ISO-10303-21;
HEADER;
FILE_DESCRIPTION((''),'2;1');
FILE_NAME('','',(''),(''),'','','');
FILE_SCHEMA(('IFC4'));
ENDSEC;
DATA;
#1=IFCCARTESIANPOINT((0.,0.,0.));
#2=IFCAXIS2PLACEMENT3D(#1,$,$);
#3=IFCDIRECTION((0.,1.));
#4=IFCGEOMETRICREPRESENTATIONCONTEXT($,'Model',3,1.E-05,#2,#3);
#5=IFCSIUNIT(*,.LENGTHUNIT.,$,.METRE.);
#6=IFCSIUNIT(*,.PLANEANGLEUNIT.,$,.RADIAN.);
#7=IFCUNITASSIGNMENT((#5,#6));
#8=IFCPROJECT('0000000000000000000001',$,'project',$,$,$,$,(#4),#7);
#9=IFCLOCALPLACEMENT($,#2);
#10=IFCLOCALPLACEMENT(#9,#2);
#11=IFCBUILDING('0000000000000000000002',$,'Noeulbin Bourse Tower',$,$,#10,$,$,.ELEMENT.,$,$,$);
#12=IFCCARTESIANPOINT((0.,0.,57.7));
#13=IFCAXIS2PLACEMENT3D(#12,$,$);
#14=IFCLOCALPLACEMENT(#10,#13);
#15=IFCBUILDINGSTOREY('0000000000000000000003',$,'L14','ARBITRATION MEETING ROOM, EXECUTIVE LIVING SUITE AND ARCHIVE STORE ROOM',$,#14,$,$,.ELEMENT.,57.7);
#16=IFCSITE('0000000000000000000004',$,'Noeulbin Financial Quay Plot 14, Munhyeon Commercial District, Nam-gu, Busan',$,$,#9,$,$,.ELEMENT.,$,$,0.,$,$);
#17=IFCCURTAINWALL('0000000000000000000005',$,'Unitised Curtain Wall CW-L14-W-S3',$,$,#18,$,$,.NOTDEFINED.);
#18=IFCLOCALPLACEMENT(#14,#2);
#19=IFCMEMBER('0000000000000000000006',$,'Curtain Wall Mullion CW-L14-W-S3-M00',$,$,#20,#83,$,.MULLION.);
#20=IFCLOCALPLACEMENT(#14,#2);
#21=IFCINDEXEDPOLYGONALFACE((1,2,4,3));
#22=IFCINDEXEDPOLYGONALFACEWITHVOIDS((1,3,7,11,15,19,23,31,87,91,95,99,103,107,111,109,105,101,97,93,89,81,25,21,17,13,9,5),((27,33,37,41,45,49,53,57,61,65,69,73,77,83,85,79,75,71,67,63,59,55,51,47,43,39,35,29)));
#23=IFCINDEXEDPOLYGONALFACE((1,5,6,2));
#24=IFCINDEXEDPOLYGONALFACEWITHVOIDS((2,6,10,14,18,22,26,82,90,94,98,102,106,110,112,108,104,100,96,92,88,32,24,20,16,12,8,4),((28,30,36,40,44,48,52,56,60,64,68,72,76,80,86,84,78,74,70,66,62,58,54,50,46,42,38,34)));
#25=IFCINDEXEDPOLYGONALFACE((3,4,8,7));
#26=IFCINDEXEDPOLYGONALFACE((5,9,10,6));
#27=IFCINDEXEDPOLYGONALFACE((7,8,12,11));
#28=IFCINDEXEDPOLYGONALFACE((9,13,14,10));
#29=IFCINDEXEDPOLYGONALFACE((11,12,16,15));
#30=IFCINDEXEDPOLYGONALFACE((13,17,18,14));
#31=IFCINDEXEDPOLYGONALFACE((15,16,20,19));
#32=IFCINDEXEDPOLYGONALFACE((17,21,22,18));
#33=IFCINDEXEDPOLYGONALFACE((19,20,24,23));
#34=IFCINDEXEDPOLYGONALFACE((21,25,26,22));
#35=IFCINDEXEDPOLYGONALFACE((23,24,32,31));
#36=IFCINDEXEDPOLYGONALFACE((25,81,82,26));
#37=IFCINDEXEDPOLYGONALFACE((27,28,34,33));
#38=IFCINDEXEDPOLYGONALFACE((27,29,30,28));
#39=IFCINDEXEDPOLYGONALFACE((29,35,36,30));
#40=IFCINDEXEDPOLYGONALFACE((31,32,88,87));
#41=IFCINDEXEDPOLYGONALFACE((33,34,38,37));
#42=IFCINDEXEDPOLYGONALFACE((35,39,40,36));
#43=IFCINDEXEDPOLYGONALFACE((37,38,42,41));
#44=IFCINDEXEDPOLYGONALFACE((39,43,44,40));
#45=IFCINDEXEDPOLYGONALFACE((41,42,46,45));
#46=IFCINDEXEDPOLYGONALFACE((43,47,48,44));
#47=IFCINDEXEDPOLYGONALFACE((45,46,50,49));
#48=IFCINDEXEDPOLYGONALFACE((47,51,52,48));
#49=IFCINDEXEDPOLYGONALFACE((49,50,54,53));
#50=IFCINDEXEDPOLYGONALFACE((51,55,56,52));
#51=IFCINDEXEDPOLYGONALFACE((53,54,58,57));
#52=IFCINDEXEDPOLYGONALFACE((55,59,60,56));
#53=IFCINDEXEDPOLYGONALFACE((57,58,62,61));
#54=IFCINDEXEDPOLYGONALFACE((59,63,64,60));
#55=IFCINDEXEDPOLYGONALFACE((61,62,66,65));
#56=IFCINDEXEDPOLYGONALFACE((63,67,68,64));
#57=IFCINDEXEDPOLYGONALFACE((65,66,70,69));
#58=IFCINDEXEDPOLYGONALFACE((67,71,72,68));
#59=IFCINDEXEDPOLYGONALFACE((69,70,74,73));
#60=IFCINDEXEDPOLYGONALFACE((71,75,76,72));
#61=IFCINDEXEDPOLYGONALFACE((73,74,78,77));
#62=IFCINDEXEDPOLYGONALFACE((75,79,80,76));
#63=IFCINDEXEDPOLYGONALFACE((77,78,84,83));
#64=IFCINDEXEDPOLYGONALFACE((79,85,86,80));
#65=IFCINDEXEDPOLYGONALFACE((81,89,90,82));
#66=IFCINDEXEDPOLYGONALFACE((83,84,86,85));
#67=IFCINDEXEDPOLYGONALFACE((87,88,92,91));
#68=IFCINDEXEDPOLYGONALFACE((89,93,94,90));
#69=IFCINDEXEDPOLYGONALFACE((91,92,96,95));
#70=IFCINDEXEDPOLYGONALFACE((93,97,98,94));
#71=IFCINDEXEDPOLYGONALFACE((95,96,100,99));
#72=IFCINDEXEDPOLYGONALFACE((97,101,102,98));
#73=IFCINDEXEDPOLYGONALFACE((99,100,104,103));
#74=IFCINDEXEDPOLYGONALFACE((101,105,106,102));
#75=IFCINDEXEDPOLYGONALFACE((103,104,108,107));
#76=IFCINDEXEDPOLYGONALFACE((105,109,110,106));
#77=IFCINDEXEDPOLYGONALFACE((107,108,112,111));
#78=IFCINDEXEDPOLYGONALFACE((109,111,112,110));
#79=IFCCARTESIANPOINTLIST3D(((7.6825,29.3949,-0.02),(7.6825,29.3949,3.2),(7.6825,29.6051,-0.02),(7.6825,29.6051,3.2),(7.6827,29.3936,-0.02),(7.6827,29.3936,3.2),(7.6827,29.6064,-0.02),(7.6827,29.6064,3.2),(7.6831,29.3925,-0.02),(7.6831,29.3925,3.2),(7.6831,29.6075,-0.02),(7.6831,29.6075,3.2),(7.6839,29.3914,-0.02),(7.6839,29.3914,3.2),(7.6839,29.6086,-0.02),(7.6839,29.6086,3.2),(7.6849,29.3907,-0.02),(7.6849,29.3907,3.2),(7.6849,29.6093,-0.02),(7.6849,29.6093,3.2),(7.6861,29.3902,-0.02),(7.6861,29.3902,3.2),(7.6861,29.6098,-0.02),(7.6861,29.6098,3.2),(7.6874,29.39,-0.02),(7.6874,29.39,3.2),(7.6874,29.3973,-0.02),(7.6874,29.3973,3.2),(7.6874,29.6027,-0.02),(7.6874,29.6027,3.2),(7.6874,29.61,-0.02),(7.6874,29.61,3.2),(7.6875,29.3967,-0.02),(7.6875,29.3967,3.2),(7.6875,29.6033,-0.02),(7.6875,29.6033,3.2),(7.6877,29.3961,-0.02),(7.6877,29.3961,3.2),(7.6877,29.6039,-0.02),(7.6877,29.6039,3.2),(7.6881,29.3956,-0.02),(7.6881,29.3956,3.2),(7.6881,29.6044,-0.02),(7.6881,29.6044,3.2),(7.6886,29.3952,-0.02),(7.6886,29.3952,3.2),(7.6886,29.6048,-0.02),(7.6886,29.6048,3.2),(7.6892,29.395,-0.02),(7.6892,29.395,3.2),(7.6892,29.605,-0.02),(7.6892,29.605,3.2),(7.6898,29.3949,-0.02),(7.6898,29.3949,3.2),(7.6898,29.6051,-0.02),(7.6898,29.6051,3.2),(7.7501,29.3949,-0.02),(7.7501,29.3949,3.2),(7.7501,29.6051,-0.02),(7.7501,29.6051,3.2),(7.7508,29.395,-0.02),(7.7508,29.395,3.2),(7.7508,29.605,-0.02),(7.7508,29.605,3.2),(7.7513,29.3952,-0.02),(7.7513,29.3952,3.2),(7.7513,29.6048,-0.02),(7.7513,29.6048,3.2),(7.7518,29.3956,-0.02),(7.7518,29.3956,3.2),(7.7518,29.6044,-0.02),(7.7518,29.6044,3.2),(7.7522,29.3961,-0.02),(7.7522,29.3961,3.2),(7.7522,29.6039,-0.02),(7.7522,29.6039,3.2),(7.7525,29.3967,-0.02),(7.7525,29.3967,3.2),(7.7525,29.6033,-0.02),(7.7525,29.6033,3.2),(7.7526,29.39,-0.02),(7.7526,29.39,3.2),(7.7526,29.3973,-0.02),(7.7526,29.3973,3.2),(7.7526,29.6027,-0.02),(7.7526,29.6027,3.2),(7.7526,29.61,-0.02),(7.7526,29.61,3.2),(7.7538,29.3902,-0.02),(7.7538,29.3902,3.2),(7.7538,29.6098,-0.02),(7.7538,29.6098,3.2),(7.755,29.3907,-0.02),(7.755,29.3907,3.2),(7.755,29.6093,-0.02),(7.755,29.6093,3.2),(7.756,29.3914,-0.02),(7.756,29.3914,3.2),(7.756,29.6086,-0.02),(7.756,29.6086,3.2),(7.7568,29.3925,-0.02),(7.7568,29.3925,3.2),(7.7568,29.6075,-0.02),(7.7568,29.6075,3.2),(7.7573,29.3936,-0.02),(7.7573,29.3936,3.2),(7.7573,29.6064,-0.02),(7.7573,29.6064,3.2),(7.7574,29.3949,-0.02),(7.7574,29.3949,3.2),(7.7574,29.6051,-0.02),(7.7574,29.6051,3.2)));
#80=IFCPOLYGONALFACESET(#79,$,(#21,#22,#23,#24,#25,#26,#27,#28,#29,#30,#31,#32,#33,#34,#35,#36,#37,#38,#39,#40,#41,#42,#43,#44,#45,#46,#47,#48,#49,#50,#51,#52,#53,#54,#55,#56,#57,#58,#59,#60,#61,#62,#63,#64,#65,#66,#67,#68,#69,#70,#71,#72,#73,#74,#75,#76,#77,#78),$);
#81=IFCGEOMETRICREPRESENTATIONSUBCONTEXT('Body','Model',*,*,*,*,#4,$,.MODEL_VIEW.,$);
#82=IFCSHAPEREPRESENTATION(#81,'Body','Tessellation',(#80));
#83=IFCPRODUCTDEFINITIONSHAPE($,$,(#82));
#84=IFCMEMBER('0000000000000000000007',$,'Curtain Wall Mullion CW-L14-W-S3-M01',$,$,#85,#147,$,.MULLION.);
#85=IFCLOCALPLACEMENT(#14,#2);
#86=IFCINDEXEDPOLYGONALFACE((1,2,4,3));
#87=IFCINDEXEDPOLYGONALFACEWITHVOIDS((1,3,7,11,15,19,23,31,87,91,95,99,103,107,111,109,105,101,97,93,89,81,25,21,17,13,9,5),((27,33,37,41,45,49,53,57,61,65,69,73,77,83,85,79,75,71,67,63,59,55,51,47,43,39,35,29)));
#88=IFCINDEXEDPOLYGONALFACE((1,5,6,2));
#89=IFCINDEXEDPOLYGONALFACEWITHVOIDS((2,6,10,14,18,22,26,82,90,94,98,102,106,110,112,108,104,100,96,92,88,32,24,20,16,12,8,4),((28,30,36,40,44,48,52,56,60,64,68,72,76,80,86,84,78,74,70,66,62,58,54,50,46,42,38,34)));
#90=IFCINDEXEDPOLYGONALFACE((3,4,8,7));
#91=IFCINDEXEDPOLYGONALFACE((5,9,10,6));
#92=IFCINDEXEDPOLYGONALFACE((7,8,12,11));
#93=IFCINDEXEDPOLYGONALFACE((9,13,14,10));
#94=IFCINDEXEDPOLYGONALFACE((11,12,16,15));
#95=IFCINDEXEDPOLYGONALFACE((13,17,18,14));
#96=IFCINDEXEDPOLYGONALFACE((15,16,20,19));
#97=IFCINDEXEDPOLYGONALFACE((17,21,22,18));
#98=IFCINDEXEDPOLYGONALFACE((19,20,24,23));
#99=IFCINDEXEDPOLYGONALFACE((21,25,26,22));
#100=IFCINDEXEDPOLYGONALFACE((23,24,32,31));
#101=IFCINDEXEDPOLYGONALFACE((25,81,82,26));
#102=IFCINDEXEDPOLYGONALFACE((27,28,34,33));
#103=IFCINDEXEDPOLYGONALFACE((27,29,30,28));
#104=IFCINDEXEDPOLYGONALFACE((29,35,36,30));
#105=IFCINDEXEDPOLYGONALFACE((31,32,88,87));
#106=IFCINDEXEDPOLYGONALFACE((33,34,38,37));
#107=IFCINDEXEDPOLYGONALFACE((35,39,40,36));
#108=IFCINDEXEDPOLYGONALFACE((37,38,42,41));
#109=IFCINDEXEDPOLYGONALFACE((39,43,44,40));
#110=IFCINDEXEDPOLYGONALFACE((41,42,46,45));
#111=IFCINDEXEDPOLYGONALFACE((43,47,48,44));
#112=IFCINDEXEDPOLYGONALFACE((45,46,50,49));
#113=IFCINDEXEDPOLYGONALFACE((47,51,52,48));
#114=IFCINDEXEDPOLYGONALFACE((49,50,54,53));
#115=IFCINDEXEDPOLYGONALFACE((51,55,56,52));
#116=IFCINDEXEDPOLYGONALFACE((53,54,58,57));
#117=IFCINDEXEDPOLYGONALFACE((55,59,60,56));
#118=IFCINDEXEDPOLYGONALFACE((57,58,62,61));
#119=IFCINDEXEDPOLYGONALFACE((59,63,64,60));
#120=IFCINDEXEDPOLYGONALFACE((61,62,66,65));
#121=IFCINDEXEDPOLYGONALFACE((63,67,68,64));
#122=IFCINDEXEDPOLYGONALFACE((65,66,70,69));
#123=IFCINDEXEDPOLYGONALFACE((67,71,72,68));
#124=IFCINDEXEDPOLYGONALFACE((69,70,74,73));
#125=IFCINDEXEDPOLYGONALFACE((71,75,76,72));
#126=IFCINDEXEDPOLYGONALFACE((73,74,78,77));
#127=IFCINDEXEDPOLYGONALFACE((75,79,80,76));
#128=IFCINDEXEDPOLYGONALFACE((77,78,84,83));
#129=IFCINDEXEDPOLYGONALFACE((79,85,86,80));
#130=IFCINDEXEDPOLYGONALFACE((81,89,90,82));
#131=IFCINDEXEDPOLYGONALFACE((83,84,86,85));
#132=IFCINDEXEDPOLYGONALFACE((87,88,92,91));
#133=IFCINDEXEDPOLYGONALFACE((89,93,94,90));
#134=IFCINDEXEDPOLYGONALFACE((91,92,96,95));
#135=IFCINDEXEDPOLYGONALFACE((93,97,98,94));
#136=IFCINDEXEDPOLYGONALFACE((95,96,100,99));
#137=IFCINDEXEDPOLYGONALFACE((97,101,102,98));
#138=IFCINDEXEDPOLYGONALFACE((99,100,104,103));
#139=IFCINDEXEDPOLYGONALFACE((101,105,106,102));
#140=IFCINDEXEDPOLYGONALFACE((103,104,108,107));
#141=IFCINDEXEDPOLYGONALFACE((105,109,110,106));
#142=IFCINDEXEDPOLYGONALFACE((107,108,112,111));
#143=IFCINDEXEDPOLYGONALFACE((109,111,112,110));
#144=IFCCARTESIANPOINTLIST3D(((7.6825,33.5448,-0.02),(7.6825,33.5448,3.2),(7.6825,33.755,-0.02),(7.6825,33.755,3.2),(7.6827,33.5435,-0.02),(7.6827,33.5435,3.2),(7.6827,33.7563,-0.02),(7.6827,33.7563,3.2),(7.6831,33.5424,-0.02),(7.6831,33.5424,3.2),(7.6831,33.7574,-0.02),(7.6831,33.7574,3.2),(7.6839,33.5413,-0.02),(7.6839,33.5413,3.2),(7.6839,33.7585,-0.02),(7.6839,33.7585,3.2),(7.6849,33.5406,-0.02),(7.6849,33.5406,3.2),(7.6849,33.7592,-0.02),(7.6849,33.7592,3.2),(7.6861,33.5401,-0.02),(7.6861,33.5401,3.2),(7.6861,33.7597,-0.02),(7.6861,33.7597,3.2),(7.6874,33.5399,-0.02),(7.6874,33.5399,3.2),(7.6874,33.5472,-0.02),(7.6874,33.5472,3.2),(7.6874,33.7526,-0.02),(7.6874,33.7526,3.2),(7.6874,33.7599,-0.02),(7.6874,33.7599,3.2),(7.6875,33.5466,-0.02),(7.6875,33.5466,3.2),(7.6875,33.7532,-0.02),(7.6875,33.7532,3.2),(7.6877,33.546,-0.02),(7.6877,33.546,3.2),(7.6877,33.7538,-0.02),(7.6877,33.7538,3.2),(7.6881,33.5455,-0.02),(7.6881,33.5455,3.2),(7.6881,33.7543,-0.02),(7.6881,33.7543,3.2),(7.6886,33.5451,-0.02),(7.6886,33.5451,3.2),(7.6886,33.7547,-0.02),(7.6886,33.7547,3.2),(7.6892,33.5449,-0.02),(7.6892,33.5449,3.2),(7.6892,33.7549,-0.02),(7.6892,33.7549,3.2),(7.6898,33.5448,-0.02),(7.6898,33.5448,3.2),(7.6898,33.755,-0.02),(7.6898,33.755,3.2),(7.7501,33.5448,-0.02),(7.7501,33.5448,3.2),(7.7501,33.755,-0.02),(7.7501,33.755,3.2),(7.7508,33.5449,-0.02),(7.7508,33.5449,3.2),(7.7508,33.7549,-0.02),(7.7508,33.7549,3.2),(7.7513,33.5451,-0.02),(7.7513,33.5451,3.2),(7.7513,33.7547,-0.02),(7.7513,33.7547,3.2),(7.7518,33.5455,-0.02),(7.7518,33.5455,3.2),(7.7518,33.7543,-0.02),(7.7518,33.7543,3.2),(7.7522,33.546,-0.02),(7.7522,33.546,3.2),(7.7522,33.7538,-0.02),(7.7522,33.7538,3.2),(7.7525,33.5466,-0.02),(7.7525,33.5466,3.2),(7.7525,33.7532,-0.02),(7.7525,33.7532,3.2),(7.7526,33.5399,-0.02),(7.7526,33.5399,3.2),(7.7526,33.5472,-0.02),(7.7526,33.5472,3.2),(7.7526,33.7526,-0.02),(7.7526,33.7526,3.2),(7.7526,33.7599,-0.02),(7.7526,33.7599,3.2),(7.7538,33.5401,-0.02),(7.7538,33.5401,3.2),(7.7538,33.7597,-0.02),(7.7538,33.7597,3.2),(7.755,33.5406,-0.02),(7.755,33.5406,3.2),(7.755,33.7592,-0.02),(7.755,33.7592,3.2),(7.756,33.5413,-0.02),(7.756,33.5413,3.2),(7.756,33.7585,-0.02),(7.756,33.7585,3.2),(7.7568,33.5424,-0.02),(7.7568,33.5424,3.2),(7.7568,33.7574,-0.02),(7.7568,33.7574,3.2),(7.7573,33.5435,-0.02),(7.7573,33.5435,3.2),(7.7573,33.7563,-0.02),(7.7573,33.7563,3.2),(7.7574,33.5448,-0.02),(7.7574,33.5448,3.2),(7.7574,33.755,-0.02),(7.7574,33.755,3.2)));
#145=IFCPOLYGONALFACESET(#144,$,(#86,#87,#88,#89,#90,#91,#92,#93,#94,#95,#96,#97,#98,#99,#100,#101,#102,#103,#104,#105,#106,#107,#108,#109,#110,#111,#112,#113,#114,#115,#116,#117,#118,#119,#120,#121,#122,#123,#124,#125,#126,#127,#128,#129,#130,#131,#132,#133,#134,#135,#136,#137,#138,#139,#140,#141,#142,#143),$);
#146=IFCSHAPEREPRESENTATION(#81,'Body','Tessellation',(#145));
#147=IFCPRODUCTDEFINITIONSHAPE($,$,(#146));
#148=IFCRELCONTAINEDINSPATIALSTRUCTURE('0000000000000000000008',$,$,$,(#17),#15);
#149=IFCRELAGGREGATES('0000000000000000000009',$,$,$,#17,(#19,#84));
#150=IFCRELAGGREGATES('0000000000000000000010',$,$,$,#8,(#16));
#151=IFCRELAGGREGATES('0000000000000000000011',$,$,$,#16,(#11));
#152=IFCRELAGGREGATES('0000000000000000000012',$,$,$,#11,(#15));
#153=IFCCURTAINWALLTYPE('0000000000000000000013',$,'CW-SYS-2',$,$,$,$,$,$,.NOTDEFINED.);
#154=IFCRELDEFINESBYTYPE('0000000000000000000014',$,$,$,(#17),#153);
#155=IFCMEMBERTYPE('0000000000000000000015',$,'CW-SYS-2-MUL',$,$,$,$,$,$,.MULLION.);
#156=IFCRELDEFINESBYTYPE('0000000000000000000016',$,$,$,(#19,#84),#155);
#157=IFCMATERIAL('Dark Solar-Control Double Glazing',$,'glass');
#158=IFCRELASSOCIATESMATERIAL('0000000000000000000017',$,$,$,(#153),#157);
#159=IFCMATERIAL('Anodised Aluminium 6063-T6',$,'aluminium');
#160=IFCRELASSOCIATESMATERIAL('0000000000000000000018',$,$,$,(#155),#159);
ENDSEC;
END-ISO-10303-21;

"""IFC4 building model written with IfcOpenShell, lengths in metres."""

from ifc_helpers import new_model, si_unit, direction, frame, origin, origin_2d, place, context, subcontext, project, spatial, hollow_rectangle, extrude, material, material_profile, profile_set, type_object, element, aggregate, save


model = new_model("IFC4")

# Units and contexts
model_context = context("Model", 3, precision=1e-05, world=origin(), true_north=direction((0.0, 1.0)))
body_context = subcontext(model_context, "Body", "Model", "MODEL_VIEW")
ifc_project = project(units=[si_unit("LENGTHUNIT", "METRE"), si_unit("PLANEANGLEUNIT", "RADIAN")], contexts=[model_context])

# Site, building, storey
site_placement = place(None, origin())
site = spatial("IfcSite", under=ifc_project, at=site_placement, Name="Noeulbin Financial Quay Plot 14, Munhyeon Commercial District, Nam-gu, Busan", CompositionType="ELEMENT", RefElevation=0.0)
building_placement = place(site_placement, origin())
building = spatial("IfcBuilding", under=site, at=building_placement, Name="Noeulbin Bourse Tower", CompositionType="ELEMENT")
storey_placement = place(building_placement, frame((0.0, 0.0, 57.7)))
storey = spatial("IfcBuildingStorey", under=building, at=storey_placement, Name="L14", Description="ARBITRATION MEETING ROOM, EXECUTIVE LIVING SUITE AND ARCHIVE STORE ROOM", CompositionType="ELEMENT", Elevation=57.7)

# Shared definitions
ifc_material_1 = material(Name="Dark Solar-Control Double Glazing", Category="glass")
curtain_wall_type = type_object("IfcCurtainWallType", Name="CW-SYS-2", PredefinedType="NOTDEFINED", material=ifc_material_1)
ifc_material_2 = material(Name="Anodised Aluminium 6063-T6", Category="aluminium")
ifc_material_profile_1 = material_profile(ifc_material_2, hollow_rectangle(XDim=0.075, YDim=0.22, WallThickness=0.0049, InnerFilletRadius=0.0024, OuterFilletRadius=0.0049, at=origin_2d()), Name="ALU-MULL-75x220x5", Category="LoadBearing")
ifc_profile_set_1 = profile_set([ifc_material_profile_1], Name="Anodised Aluminium 6063-T6")
member_type_1 = type_object("IfcMemberType", Name="CW-SYS-2-MUL", PredefinedType="MULLION", material=ifc_profile_set_1)

# Curtain wall, members
curtain_wall_1_placement = place(storey_placement, origin())
curtain_wall_1 = element("IfcCurtainWall", 1, at=curtain_wall_1_placement, inside=storey, type_object=curtain_wall_type, Name="Unitised Curtain Wall CW-L14-W-S3", PredefinedType="NOTDEFINED")
member_1_placement = place(storey_placement, frame((7.72, 29.5, -0.02), z_axis=(0.0, 0.0, 1.0), x_axis=(1.0, 0.0, 0.0)))
member_1 = element("IfcMember", 2, at=member_1_placement, type_object=member_type_1, Name="Curtain Wall Mullion CW-L14-W-S3-M00", PredefinedType="MULLION", context=body_context, shape_type="SweptSolid", body=[
    extrude(hollow_rectangle(XDim=0.075, YDim=0.22, WallThickness=0.0049, InnerFilletRadius=0.0024, OuterFilletRadius=0.0049, at=origin_2d()), origin(), (0.0, 0.0, 1.0), 3.22),
])
member_2_placement = place(storey_placement, frame((7.72, 33.6499, -0.02), z_axis=(0.0, 0.0, 1.0), x_axis=(1.0, 0.0, 0.0)))
member_2 = element("IfcMember", 3, at=member_2_placement, type_object=member_type_1, Name="Curtain Wall Mullion CW-L14-W-S3-M01", PredefinedType="MULLION", context=body_context, shape_type="SweptSolid", body=[
    extrude(hollow_rectangle(XDim=0.075, YDim=0.22, WallThickness=0.0049, InnerFilletRadius=0.0024, OuterFilletRadius=0.0049, at=origin_2d()), origin(), (0.0, 0.0, 1.0), 3.22),
])
aggregate(curtain_wall_1, [member_1, member_2])

save(model, "model.ifc")
